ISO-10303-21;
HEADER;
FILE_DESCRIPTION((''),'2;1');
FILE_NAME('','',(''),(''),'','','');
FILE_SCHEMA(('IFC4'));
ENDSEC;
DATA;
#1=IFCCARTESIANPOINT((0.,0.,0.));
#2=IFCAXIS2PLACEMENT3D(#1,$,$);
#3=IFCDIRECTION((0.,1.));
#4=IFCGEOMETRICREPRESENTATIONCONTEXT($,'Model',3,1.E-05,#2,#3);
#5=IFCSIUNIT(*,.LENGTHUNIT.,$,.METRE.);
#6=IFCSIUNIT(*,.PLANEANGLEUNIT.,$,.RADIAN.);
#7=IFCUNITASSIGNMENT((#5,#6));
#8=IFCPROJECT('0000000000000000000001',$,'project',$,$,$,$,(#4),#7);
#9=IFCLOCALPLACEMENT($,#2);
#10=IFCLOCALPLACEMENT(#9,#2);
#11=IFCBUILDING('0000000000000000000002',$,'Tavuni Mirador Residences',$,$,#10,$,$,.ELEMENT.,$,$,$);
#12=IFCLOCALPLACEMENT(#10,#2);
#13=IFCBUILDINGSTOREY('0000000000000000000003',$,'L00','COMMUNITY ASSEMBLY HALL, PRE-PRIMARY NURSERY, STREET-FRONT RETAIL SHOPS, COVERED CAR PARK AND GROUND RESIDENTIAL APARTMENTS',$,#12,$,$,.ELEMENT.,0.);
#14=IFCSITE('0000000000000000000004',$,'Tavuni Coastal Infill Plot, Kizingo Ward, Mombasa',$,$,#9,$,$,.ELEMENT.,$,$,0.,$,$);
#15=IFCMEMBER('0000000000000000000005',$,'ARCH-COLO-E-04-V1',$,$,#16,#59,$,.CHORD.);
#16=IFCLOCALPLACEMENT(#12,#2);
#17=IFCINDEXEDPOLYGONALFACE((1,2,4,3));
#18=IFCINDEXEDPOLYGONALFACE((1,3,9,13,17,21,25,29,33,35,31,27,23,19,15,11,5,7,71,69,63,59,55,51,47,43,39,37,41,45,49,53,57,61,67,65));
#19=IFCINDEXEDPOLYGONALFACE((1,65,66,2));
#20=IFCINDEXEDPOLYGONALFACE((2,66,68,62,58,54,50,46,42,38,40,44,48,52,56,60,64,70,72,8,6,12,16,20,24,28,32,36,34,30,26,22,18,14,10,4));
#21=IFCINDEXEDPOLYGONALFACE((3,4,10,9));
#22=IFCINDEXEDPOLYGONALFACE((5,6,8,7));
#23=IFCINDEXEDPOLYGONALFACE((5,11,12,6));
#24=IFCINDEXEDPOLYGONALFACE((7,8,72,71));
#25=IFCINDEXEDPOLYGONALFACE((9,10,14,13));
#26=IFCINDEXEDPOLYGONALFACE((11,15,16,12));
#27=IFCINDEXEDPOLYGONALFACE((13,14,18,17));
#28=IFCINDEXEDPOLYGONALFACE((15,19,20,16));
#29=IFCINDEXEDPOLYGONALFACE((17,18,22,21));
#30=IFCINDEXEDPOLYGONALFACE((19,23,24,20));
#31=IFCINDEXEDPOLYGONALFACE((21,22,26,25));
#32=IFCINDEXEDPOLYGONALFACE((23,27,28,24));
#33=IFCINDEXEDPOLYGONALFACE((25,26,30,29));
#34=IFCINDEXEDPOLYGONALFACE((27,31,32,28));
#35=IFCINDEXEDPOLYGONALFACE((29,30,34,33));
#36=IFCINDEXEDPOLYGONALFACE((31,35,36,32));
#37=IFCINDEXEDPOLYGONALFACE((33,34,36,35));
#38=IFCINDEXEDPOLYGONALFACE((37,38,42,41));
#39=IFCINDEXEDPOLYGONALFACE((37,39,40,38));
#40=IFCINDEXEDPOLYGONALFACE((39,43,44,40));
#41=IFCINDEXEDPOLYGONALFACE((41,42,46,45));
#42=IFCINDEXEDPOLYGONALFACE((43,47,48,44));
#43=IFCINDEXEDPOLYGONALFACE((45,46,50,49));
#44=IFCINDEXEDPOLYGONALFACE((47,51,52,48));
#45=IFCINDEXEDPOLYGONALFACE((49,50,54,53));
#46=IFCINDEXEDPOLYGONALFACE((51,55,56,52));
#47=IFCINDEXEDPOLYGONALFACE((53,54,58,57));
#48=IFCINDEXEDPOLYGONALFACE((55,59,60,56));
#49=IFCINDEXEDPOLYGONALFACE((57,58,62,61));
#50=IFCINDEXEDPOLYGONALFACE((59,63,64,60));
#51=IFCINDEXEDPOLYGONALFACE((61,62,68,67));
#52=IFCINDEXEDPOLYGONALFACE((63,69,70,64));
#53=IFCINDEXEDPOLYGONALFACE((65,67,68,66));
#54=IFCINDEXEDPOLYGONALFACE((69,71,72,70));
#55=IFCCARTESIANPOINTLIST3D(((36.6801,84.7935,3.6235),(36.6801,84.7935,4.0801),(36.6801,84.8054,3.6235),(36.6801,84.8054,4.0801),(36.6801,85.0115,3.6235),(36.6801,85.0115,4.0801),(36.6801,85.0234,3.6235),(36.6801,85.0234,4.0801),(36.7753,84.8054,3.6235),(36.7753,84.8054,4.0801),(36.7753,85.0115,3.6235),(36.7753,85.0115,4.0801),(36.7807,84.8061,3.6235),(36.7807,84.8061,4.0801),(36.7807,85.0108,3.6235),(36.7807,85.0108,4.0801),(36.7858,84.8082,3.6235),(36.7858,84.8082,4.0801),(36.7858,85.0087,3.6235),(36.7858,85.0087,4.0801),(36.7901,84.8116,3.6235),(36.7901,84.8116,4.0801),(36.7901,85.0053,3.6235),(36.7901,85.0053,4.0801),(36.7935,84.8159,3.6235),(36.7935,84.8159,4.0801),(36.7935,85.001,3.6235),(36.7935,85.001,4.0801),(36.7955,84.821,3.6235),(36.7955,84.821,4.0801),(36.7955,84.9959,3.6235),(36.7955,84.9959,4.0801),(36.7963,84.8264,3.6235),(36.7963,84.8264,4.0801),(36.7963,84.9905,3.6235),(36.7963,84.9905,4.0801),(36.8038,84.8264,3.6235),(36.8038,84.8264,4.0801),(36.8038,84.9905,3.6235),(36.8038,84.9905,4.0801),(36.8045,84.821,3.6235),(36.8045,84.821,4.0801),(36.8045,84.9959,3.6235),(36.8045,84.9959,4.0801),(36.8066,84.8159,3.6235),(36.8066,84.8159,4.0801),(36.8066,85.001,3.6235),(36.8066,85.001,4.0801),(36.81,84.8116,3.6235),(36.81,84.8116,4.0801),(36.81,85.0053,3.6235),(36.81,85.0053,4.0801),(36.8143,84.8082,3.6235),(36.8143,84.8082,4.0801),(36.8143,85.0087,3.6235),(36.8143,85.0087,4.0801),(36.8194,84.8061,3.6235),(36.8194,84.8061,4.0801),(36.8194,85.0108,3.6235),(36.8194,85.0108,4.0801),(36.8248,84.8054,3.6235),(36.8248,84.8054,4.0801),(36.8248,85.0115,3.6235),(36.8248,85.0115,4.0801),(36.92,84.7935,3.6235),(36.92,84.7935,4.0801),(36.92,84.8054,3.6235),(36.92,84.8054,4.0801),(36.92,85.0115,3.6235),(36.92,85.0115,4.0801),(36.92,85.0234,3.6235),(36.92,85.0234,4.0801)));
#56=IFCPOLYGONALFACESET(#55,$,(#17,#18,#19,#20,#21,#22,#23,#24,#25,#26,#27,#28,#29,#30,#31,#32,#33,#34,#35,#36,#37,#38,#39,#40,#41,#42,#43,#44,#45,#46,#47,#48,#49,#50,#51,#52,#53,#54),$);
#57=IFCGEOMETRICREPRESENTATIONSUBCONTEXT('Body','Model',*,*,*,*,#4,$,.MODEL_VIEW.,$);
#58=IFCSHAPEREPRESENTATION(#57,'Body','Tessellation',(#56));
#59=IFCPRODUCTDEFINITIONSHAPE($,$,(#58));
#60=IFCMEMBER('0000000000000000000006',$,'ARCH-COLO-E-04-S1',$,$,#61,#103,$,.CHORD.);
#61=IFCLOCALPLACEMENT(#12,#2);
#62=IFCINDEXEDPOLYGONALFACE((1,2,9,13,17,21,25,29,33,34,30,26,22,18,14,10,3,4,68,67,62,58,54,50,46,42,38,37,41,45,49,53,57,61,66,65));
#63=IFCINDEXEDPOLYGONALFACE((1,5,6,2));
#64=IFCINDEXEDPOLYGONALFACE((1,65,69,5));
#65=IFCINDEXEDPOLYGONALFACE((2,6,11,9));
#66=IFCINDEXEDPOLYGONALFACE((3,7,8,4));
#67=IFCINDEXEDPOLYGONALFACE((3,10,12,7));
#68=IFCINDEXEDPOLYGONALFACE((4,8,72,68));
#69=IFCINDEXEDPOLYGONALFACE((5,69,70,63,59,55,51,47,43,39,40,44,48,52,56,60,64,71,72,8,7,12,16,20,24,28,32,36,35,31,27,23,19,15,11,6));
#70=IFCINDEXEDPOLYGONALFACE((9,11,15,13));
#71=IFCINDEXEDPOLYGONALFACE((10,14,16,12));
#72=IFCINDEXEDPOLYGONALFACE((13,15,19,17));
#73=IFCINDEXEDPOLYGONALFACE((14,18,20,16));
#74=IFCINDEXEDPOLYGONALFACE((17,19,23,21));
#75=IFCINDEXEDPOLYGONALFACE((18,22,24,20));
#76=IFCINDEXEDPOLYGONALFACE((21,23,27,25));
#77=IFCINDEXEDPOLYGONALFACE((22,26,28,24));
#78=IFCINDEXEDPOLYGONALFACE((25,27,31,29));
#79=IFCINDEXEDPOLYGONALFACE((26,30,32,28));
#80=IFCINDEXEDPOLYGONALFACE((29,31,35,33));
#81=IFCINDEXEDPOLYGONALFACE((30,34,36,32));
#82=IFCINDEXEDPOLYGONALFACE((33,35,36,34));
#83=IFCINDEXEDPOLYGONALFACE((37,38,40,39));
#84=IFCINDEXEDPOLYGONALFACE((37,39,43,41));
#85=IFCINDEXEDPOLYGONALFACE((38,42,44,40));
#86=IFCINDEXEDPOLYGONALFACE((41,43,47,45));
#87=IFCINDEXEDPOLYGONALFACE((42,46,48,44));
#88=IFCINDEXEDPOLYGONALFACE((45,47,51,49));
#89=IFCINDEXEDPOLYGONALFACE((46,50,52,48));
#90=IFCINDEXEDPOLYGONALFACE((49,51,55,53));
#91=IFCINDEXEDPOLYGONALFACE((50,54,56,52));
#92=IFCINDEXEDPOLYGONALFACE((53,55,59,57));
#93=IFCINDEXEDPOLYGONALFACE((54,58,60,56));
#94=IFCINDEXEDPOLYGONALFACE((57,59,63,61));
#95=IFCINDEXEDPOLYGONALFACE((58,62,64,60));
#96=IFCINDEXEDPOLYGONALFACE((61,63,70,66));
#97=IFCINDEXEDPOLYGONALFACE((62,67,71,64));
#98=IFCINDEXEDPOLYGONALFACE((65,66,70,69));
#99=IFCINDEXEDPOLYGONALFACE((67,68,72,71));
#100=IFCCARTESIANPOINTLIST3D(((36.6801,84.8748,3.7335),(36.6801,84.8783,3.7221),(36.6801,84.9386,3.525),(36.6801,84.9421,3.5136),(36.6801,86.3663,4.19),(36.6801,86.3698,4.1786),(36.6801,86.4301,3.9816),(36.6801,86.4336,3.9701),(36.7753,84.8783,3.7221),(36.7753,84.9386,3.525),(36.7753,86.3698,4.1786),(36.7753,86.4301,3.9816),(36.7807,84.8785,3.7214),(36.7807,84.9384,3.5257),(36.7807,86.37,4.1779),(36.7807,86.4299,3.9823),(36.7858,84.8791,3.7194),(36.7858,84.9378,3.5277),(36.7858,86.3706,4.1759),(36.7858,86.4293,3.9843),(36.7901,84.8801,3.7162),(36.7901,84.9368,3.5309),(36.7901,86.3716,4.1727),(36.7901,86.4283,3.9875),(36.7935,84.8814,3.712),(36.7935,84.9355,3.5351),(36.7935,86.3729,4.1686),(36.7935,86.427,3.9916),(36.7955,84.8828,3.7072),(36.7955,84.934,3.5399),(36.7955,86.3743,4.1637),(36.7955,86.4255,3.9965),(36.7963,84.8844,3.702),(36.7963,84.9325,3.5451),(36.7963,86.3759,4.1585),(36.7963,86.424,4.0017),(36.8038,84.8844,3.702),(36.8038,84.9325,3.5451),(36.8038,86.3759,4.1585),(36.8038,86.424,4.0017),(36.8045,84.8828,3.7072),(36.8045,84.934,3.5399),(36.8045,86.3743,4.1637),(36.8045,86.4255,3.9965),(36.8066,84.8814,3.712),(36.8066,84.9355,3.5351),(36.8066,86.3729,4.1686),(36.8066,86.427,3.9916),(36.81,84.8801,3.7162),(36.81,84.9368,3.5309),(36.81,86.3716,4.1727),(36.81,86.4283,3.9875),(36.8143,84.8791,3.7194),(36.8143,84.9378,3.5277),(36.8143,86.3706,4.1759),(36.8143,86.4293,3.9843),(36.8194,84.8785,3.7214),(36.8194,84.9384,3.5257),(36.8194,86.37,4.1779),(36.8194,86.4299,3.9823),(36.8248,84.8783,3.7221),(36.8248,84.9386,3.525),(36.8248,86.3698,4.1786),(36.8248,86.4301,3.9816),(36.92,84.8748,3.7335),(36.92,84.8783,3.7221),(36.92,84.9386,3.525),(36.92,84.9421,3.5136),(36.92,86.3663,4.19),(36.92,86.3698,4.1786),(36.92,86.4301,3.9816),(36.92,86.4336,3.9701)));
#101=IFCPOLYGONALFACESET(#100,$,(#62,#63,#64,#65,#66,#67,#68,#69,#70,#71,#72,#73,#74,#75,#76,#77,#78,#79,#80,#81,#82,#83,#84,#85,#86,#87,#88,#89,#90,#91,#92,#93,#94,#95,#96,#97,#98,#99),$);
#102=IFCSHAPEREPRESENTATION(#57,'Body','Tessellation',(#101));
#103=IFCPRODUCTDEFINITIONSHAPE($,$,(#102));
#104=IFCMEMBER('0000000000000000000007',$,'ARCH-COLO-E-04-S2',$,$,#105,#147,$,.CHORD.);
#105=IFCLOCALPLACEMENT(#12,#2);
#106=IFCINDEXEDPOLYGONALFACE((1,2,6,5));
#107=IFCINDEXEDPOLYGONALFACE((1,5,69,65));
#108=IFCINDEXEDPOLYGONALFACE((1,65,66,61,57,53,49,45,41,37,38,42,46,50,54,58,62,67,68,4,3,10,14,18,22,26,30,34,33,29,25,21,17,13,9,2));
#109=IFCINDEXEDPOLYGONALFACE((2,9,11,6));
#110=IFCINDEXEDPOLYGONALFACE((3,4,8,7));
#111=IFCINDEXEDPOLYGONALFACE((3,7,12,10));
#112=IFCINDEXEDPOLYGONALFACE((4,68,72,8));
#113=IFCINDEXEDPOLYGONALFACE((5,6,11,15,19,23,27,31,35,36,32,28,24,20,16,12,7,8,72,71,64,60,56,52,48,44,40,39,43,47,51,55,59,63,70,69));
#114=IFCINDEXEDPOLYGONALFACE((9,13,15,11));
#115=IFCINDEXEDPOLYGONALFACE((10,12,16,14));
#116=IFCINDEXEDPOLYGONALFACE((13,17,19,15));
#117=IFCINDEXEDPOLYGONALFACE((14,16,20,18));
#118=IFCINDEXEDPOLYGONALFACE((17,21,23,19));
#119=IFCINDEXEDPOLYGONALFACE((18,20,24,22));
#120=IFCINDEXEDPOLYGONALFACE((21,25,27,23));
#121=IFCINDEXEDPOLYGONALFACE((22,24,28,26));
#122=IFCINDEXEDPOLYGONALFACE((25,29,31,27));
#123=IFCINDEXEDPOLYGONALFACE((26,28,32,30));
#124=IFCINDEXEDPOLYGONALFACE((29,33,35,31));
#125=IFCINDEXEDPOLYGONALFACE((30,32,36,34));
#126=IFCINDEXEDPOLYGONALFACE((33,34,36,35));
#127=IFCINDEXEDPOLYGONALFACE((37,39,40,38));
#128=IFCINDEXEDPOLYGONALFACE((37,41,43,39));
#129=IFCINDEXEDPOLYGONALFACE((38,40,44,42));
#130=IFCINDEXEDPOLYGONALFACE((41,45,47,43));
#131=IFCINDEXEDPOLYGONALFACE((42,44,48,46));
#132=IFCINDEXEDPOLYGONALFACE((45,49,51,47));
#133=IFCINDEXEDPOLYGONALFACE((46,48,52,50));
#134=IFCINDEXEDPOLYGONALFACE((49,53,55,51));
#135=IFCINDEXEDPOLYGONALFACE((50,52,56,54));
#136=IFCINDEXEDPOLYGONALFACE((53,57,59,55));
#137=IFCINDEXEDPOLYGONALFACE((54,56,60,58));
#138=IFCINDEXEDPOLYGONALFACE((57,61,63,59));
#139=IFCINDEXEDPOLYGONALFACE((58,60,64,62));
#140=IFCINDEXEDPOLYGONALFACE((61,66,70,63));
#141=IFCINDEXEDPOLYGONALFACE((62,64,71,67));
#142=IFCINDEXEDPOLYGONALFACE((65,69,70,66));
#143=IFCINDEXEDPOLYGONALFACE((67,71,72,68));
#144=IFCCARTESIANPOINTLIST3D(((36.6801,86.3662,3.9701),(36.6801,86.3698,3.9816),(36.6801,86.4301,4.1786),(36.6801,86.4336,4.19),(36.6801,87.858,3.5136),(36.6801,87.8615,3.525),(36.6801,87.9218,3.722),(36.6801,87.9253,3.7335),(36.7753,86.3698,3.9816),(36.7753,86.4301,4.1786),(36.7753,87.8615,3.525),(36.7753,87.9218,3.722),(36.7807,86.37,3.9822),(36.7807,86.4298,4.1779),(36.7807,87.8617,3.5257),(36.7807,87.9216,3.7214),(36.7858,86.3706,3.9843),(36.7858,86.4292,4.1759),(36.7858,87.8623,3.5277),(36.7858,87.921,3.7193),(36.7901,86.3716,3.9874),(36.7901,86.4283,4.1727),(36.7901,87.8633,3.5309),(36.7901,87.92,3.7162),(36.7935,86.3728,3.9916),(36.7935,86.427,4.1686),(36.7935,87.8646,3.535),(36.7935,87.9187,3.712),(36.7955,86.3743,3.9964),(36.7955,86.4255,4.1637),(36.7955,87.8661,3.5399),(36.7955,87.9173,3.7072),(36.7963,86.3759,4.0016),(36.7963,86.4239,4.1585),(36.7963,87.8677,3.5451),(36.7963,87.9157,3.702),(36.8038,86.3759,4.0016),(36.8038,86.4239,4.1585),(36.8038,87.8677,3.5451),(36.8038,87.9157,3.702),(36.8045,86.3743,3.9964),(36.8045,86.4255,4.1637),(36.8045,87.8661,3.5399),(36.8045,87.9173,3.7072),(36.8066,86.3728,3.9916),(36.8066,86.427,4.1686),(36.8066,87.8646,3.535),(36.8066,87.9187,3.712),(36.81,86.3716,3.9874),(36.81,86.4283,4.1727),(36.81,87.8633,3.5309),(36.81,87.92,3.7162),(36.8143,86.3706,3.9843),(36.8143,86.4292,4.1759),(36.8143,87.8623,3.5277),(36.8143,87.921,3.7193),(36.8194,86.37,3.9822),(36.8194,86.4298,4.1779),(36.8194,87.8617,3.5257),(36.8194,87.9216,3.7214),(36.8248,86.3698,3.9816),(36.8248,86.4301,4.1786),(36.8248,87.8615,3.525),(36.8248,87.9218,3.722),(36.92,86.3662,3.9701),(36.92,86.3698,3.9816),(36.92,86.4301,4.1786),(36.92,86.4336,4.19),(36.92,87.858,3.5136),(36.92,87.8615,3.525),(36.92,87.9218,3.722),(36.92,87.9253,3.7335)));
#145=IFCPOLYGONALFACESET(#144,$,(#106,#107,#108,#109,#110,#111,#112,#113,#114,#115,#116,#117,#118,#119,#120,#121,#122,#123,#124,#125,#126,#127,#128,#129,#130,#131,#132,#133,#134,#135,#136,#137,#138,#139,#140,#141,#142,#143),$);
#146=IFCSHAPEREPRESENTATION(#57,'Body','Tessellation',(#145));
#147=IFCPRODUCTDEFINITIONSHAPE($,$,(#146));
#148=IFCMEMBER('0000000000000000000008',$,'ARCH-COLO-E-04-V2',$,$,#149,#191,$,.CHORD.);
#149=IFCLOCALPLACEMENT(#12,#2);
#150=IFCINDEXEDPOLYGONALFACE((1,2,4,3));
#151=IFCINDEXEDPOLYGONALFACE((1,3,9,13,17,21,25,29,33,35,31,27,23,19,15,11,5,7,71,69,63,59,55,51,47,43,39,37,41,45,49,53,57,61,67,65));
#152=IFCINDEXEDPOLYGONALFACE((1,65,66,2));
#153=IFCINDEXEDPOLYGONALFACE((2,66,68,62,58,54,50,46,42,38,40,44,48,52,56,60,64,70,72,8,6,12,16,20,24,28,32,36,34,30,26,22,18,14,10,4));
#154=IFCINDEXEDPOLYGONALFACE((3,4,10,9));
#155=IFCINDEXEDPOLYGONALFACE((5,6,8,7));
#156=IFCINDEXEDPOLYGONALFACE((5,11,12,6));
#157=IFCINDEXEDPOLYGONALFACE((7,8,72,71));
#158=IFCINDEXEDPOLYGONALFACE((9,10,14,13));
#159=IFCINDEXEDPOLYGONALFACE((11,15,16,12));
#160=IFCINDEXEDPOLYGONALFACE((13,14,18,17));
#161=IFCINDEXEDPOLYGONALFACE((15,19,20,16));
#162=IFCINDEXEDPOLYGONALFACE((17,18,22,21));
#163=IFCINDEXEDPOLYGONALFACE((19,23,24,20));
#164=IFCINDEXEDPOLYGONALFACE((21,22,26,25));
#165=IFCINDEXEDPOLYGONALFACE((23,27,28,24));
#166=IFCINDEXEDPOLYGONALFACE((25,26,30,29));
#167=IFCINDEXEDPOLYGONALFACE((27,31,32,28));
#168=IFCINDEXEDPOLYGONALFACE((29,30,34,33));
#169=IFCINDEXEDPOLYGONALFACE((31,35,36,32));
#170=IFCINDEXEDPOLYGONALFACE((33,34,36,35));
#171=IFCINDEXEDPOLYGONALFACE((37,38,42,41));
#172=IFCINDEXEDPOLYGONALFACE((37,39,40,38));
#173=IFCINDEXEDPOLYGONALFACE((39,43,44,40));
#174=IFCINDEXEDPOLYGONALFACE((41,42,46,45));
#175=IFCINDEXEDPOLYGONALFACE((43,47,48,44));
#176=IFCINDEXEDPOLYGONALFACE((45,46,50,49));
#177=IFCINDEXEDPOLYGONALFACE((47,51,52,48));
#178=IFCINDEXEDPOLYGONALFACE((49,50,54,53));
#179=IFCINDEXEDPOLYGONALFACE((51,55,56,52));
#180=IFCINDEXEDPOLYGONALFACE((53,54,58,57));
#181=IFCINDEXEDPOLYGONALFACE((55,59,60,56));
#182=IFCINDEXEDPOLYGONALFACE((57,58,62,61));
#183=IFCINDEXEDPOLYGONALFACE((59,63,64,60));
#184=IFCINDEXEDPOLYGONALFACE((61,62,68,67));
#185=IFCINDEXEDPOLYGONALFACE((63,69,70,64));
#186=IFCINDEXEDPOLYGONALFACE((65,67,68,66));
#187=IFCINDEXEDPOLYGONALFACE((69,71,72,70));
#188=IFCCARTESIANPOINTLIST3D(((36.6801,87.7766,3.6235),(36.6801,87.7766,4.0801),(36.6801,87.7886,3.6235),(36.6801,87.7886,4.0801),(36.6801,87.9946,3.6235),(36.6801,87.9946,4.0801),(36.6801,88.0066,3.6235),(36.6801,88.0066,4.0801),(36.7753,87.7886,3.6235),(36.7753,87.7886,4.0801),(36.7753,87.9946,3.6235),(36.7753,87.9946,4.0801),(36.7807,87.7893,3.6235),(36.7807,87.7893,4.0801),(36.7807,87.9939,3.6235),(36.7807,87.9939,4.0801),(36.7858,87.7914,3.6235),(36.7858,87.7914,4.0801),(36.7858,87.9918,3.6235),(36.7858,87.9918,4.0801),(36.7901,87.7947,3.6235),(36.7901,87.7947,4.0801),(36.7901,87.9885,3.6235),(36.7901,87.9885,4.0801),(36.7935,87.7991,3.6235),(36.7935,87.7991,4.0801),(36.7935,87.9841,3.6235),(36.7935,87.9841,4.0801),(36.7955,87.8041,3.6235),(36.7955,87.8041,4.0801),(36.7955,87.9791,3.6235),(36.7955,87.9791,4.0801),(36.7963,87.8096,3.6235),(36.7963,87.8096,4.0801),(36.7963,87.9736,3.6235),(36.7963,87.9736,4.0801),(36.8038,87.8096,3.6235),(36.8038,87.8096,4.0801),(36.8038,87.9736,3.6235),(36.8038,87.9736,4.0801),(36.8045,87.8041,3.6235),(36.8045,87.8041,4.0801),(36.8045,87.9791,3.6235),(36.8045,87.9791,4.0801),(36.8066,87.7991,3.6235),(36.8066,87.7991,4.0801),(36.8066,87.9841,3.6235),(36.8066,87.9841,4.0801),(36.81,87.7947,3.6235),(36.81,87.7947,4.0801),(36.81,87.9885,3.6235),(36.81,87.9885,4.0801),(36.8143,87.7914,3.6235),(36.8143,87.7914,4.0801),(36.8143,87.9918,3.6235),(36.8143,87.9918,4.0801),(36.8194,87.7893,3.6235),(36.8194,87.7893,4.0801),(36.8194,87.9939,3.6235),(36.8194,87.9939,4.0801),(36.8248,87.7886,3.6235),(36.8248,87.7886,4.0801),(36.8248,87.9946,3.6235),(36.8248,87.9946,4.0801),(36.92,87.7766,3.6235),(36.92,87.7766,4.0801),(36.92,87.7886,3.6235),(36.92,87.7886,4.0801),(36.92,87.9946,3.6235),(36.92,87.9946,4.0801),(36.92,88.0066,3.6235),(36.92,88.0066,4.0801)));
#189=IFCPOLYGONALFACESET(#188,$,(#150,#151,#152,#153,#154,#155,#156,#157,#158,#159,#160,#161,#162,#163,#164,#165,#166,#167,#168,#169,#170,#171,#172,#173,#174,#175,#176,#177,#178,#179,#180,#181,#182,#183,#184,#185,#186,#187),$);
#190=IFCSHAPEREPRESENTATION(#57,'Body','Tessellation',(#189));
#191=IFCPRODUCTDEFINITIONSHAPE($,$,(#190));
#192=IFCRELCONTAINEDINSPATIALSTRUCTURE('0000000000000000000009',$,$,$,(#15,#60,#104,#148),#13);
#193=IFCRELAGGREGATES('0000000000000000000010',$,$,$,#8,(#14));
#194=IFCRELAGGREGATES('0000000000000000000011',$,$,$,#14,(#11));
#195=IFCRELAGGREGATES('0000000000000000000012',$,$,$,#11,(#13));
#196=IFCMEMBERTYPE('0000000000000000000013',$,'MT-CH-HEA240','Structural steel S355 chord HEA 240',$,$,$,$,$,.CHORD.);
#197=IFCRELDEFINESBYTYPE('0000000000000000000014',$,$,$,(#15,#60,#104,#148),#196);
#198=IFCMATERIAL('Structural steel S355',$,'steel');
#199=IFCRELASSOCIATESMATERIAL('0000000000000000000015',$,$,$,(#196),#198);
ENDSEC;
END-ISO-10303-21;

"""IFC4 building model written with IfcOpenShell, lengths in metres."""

from ifc_helpers import new_model, si_unit, direction, frame, origin, origin_2d, place, context, subcontext, project, spatial, i_section, extrude, material, material_profile, profile_set, type_object, element, save


model = new_model("IFC4")

# Units and contexts
model_context = context("Model", 3, precision=1e-05, world=origin(), true_north=direction((0.0, 1.0)))
body_context = subcontext(model_context, "Body", "Model", "MODEL_VIEW")
ifc_project = project(units=[si_unit("LENGTHUNIT", "METRE"), si_unit("PLANEANGLEUNIT", "RADIAN")], contexts=[model_context])

# Site, building, storey
site_placement = place(None, origin())
site = spatial("IfcSite", under=ifc_project, at=site_placement, Name="Tavuni Coastal Infill Plot, Kizingo Ward, Mombasa", CompositionType="ELEMENT", RefElevation=0.0)
building_placement = place(site_placement, origin())
building = spatial("IfcBuilding", under=site, at=building_placement, Name="Tavuni Mirador Residences", CompositionType="ELEMENT")
storey_placement = place(building_placement, origin())
storey = spatial("IfcBuildingStorey", under=building, at=storey_placement, Name="L00", Description="COMMUNITY ASSEMBLY HALL, PRE-PRIMARY NURSERY, STREET-FRONT RETAIL SHOPS, COVERED CAR PARK AND GROUND RESIDENTIAL APARTMENTS", CompositionType="ELEMENT", Elevation=0.0)

# Members
ifc_material_1 = material(Name="Structural steel S355", Category="steel")
ifc_material_profile_1 = material_profile(ifc_material_1, i_section(OverallWidth=0.24, OverallDepth=0.23, WebThickness=0.0076, FlangeThickness=0.012, FilletRadius=0.021, at=origin_2d()), Name="HEA 240", Category="steel")
ifc_profile_set_1 = profile_set([ifc_material_profile_1], Name="Structural steel S355")
member_type_1 = type_object("IfcMemberType", Name="MT-CH-HEA240", Description="Structural steel S355 chord HEA 240", PredefinedType="CHORD", material=ifc_profile_set_1)
member_1_placement = place(storey_placement, frame((36.8, 84.9084, 3.6235), z_axis=(0.0, 0.0, 1.0), x_axis=(1.0, 0.0, 0.0)))
element("IfcMember", 1, at=member_1_placement, inside=storey, type_object=member_type_1, Name="ARCH-COLO-E-04-V1", PredefinedType="CHORD", context=body_context, shape_type="SweptSolid", body=[
    extrude(i_section(OverallWidth=0.24, OverallDepth=0.23, WebThickness=0.0076, FlangeThickness=0.012, FilletRadius=0.021, at=origin_2d()), origin(), (0.0, 0.0, 1.0), 0.4565),
])
member_2_placement = place(storey_placement, frame((36.8, 84.9084, 3.6235), z_axis=(0.0, 0.956204, 0.2927), x_axis=(-1.0, 0.0, 0.0)))
element("IfcMember", 2, at=member_2_placement, inside=storey, type_object=member_type_1, Name="ARCH-COLO-E-04-S1", PredefinedType="CHORD", context=body_context, shape_type="SweptSolid", body=[
    extrude(i_section(OverallWidth=0.24, OverallDepth=0.23, WebThickness=0.0076, FlangeThickness=0.012, FilletRadius=0.021, at=origin_2d()), origin(), (0.0, 0.0, 1.0), 1.5598),
])
member_3_placement = place(storey_placement, frame((36.8, 86.3999, 4.0801), z_axis=(0.0, 0.956218, -0.292656), x_axis=(-1.0, 0.0, 0.0)))
element("IfcMember", 3, at=member_3_placement, inside=storey, type_object=member_type_1, Name="ARCH-COLO-E-04-S2", PredefinedType="CHORD", context=body_context, shape_type="SweptSolid", body=[
    extrude(i_section(OverallWidth=0.24, OverallDepth=0.23, WebThickness=0.0076, FlangeThickness=0.012, FilletRadius=0.021, at=origin_2d()), origin(), (0.0, 0.0, 1.0), 1.5601),
])
member_4_placement = place(storey_placement, frame((36.8, 87.8916, 3.6235), z_axis=(0.0, 0.0, 1.0), x_axis=(1.0, 0.0, 0.0)))
element("IfcMember", 4, at=member_4_placement, inside=storey, type_object=member_type_1, Name="ARCH-COLO-E-04-V2", PredefinedType="CHORD", context=body_context, shape_type="SweptSolid", body=[
    extrude(i_section(OverallWidth=0.24, OverallDepth=0.23, WebThickness=0.0076, FlangeThickness=0.012, FilletRadius=0.021, at=origin_2d()), origin(), (0.0, 0.0, 1.0), 0.4565),
])

save(model, "model.ifc")
